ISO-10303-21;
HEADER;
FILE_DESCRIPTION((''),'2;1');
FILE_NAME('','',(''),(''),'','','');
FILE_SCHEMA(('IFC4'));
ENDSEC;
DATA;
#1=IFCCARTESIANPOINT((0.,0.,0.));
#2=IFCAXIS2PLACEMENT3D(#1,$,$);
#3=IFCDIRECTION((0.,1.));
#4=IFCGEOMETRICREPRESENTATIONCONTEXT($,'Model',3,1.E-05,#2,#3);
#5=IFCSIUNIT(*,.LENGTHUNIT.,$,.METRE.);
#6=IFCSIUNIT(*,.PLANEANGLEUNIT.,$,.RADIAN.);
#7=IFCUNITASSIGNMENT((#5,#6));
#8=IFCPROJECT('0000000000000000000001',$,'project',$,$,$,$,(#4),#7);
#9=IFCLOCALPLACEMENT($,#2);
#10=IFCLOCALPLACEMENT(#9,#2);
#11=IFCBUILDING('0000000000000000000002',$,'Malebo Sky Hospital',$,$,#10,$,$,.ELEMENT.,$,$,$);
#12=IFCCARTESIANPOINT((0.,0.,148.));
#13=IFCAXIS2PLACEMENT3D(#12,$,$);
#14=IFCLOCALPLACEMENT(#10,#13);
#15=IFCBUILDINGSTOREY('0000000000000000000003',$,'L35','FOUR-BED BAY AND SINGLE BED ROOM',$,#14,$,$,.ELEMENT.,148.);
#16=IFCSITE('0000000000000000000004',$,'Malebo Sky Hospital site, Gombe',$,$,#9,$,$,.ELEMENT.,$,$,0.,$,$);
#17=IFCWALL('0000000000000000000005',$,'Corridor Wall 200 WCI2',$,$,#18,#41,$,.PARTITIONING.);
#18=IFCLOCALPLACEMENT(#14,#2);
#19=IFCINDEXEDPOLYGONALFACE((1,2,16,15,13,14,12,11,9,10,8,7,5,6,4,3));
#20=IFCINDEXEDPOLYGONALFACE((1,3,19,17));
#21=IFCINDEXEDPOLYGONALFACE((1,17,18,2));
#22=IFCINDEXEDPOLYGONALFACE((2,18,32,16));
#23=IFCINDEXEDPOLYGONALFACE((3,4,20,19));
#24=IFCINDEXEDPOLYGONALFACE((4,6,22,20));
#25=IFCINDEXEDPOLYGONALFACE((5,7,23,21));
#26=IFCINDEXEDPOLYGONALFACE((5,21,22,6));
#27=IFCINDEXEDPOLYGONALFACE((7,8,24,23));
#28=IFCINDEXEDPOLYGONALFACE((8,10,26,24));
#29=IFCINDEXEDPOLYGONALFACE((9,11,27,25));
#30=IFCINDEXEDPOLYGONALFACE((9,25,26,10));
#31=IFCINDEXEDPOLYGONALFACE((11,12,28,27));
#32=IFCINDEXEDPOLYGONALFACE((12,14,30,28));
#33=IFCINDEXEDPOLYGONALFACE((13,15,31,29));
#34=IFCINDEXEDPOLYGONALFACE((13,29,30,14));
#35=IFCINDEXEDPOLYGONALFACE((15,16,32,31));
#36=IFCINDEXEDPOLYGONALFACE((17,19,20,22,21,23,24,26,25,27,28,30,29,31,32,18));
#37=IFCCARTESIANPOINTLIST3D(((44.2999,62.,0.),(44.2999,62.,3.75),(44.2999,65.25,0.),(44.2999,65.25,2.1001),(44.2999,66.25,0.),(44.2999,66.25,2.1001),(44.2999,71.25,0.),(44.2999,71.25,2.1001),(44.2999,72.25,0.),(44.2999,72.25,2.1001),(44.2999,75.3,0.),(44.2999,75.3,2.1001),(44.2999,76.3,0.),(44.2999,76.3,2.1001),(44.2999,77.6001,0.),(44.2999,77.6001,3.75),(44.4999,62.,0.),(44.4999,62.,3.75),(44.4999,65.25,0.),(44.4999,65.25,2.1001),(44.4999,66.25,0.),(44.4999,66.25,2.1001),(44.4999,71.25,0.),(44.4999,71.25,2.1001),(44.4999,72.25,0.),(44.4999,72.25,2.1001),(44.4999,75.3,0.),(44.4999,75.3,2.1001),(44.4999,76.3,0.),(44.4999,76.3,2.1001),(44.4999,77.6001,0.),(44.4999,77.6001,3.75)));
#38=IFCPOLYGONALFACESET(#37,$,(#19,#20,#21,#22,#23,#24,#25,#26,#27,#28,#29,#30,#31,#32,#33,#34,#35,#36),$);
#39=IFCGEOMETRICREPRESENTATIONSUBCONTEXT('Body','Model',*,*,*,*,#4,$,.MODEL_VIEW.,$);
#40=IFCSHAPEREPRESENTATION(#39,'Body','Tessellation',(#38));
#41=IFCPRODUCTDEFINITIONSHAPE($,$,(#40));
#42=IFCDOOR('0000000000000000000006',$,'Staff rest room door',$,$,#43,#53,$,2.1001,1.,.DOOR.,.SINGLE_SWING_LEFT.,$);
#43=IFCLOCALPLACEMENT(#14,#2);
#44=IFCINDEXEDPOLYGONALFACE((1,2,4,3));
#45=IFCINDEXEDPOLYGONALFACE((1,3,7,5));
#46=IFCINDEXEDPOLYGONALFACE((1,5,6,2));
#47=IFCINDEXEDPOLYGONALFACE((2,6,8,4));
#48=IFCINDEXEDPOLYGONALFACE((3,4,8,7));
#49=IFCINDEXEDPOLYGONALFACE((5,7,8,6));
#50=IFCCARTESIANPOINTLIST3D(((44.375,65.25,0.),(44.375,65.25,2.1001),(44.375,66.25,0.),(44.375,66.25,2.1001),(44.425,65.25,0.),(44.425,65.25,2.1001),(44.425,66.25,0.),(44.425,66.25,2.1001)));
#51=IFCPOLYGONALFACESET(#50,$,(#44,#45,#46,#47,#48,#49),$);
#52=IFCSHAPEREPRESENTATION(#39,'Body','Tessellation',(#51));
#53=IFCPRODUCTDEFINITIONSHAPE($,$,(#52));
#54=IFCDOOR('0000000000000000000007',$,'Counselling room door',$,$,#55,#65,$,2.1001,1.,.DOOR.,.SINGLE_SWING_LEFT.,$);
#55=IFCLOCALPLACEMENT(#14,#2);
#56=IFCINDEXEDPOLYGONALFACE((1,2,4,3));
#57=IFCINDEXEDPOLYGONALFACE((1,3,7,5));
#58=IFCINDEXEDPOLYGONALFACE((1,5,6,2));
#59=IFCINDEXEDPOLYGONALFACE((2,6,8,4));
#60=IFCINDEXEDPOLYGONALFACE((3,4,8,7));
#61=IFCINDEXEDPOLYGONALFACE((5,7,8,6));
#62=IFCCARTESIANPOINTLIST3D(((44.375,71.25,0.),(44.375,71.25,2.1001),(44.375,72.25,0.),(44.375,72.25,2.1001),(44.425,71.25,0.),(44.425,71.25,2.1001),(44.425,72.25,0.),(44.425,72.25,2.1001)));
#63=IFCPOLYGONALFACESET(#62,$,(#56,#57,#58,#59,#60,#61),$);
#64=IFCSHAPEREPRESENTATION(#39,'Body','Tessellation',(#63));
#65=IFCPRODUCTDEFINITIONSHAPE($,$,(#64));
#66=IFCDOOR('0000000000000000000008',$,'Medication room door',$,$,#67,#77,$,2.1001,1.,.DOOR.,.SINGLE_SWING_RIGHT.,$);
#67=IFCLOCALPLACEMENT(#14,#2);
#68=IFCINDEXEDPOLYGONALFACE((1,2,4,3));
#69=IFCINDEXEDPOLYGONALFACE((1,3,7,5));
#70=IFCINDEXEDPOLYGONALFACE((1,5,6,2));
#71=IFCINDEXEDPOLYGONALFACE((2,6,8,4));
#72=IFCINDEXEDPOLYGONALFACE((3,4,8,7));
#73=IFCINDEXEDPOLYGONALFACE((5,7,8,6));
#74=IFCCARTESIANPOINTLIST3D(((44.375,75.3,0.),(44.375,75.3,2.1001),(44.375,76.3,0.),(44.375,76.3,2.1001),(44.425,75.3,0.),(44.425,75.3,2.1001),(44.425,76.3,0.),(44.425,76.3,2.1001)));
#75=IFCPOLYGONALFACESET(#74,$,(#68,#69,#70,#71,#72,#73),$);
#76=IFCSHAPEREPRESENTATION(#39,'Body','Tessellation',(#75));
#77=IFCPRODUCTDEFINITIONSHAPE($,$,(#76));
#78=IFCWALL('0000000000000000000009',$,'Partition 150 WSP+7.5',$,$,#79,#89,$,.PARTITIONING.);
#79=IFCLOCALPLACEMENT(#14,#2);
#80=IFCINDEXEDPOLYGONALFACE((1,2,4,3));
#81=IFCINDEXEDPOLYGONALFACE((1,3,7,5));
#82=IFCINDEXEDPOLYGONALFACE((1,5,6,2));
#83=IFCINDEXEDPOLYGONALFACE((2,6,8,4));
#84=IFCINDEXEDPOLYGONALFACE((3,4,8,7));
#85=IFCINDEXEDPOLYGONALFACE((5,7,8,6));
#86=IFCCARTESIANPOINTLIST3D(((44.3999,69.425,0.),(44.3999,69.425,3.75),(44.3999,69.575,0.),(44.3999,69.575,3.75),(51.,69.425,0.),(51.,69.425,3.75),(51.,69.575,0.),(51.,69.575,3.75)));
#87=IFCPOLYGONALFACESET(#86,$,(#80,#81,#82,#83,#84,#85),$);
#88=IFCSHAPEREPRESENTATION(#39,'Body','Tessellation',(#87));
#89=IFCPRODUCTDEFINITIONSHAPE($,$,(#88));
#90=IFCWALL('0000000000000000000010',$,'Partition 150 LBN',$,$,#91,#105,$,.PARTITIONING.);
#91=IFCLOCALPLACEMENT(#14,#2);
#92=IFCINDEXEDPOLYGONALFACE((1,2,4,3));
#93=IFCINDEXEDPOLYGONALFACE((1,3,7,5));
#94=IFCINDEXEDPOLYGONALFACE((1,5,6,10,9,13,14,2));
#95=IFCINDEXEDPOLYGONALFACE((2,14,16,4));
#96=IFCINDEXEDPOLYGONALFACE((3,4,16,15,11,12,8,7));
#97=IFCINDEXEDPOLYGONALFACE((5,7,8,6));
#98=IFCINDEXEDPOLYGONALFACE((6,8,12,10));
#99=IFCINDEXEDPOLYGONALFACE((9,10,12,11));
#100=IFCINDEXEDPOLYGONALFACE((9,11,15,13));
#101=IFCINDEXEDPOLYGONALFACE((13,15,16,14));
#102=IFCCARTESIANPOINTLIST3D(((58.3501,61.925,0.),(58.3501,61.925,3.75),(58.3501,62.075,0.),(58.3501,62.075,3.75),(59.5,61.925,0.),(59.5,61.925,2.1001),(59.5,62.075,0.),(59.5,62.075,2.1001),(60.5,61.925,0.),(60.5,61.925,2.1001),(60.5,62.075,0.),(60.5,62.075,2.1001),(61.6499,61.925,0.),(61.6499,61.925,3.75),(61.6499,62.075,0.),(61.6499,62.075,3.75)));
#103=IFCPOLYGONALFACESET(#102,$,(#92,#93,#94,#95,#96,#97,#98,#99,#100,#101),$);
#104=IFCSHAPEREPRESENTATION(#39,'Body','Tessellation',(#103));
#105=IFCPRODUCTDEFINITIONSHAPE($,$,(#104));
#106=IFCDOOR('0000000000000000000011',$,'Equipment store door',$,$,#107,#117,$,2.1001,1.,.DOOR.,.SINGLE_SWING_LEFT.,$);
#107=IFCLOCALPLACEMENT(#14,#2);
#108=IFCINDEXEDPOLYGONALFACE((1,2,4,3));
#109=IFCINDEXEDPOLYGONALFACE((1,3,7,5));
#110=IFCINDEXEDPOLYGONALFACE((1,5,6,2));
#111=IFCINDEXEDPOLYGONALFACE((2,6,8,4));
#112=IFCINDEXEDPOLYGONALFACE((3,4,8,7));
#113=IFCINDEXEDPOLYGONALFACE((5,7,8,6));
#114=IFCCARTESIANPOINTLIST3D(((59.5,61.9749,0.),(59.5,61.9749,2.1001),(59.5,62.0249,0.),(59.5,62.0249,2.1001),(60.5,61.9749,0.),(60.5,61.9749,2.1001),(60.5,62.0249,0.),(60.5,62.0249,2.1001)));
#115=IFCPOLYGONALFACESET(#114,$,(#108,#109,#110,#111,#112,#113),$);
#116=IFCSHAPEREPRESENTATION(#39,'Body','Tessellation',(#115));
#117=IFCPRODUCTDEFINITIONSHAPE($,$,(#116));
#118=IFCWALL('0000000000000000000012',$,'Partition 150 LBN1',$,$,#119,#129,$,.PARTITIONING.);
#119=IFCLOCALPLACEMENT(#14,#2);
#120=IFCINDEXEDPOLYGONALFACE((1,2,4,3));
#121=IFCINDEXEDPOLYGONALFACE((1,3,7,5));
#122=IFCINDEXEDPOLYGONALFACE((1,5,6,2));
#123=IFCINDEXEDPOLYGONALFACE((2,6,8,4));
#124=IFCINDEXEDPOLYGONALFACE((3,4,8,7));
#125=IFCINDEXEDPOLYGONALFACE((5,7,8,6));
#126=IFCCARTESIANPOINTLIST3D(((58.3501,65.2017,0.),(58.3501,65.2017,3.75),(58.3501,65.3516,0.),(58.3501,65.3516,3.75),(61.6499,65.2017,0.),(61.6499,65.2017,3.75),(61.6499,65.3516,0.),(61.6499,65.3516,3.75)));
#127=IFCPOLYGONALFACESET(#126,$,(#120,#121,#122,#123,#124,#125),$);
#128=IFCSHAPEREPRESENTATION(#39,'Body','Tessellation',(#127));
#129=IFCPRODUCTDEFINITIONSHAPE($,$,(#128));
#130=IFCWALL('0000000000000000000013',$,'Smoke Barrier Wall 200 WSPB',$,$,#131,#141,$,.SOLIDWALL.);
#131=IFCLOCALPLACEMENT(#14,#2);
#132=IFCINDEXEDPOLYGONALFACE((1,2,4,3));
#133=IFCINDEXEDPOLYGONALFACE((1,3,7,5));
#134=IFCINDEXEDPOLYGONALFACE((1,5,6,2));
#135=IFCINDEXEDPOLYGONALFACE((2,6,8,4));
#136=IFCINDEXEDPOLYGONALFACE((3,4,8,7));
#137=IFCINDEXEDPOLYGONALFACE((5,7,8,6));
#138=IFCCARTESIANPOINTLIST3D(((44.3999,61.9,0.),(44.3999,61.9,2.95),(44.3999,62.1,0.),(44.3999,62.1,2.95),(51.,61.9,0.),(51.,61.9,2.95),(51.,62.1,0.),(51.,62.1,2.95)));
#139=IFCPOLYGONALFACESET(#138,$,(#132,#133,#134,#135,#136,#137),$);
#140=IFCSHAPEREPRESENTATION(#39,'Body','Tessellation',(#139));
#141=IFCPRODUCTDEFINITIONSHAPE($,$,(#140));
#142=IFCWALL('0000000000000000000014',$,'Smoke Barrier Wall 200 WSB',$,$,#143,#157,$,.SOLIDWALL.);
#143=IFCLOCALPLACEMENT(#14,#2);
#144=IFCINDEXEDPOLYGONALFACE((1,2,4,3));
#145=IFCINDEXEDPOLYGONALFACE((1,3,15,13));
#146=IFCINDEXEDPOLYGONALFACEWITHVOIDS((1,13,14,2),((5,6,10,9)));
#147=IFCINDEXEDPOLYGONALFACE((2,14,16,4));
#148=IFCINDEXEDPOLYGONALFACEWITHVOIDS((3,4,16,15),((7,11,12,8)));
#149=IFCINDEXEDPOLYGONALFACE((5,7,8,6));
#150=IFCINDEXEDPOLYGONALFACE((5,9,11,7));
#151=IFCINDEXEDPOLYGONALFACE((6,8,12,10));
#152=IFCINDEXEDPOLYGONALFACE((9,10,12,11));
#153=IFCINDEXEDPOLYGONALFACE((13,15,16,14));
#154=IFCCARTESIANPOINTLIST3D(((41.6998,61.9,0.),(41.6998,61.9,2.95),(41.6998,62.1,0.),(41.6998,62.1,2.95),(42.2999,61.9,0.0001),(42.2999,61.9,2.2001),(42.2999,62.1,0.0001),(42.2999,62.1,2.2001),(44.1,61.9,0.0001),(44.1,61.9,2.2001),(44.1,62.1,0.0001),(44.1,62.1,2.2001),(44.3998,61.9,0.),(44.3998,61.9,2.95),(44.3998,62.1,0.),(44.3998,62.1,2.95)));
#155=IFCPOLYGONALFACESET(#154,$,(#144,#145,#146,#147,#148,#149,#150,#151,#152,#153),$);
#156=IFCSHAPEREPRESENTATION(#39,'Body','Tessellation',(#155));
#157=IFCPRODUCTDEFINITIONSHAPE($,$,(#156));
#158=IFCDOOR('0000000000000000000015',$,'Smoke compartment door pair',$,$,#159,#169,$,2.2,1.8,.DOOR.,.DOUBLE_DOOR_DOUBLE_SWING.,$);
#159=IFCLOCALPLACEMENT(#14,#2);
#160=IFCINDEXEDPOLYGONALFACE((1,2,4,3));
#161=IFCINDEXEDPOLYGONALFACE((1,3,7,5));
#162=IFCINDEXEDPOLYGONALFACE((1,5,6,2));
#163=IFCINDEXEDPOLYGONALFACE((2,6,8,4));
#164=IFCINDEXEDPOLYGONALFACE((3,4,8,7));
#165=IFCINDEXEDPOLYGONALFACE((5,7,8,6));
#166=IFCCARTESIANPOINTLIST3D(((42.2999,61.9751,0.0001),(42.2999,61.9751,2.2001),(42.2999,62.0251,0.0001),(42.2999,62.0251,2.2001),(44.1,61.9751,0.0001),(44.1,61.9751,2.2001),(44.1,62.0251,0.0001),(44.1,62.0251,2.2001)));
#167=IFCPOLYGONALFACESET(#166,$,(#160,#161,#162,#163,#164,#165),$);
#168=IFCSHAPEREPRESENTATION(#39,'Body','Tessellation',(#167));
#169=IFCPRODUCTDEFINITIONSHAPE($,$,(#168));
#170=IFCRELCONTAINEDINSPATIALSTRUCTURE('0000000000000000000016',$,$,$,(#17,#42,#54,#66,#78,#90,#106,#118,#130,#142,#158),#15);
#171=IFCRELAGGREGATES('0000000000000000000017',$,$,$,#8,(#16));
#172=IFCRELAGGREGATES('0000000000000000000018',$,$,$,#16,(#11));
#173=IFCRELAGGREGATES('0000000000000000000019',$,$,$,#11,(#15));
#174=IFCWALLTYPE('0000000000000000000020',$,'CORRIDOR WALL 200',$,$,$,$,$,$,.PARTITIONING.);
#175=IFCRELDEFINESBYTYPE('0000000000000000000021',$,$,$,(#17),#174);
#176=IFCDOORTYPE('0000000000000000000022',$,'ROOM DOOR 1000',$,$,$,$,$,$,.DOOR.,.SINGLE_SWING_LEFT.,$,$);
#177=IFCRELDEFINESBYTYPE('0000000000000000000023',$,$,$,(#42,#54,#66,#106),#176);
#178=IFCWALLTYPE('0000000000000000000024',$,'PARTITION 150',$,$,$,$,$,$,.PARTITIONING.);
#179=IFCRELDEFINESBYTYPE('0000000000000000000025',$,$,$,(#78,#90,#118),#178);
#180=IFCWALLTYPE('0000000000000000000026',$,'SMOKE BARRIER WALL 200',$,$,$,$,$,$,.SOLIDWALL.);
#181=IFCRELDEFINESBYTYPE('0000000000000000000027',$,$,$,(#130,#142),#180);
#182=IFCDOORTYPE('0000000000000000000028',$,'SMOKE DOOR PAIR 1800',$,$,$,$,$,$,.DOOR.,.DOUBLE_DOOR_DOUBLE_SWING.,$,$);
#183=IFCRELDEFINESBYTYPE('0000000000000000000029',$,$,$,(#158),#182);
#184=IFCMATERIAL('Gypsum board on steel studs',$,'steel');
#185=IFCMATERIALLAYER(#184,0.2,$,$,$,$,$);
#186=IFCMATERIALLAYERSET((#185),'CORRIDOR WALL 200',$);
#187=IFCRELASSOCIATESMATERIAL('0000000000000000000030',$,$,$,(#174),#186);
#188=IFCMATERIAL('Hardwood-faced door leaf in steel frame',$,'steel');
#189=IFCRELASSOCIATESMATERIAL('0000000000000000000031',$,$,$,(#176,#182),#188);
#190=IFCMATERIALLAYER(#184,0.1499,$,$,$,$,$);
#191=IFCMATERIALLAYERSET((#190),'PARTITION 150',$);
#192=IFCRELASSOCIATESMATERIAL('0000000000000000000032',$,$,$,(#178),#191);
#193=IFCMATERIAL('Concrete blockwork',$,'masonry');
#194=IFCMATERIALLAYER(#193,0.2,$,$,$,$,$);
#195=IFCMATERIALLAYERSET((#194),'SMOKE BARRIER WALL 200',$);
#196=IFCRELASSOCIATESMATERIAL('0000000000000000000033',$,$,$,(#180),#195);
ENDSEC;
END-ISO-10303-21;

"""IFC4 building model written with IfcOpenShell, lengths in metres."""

from ifc_helpers import new_model, si_unit, direction, frame, frame_2d, origin, place, context, subcontext, project, spatial, rectangle, extrude, material, layer, layer_set, type_object, element, fill, save


model = new_model("IFC4")

# Units and contexts
model_context = context("Model", 3, precision=1e-05, world=origin(), true_north=direction((0.0, 1.0)))
body_context = subcontext(model_context, "Body", "Model", "MODEL_VIEW")
ifc_project = project(units=[si_unit("LENGTHUNIT", "METRE"), si_unit("PLANEANGLEUNIT", "RADIAN")], contexts=[model_context])

# Site, building, storey
site_placement = place(None, origin())
site = spatial("IfcSite", under=ifc_project, at=site_placement, Name="Malebo Sky Hospital site, Gombe", CompositionType="ELEMENT", RefElevation=0.0)
building_placement = place(site_placement, origin())
building = spatial("IfcBuilding", under=site, at=building_placement, Name="Malebo Sky Hospital", CompositionType="ELEMENT")
storey_placement = place(building_placement, frame((0.0, 0.0, 148.0)))
storey = spatial("IfcBuildingStorey", under=building, at=storey_placement, Name="L35", Description="FOUR-BED BAY AND SINGLE BED ROOM", CompositionType="ELEMENT", Elevation=148.0)

# Shared definitions
ifc_material_1 = material(Name="Hardwood-faced door leaf in steel frame", Category="steel")

# Wall, openings, doors
ifc_material_2 = material(Name="Gypsum board on steel studs", Category="steel")
ifc_layer_1 = layer(ifc_material_2, 0.2)
ifc_layer_set_1 = layer_set([ifc_layer_1], Name="CORRIDOR WALL 200")
wall_type_1 = type_object("IfcWallType", Name="CORRIDOR WALL 200", PredefinedType="PARTITIONING", material=ifc_layer_set_1)
wall_1_placement = place(storey_placement, frame((44.3999, 62.0, 0.0), z_axis=(0.0, 0.0, 1.0), x_axis=(0.0, 1.0, 0.0)))
wall_1 = element("IfcWall", 1, at=wall_1_placement, inside=storey, type_object=wall_type_1, Name="Corridor Wall 200 WCI2", PredefinedType="PARTITIONING", context=body_context, shape_type="SweptSolid", body=[
    extrude(rectangle(XDim=15.6001, YDim=0.2, at=frame_2d((7.8, 0.0))), origin(), (0.0, 0.0, 1.0), 3.75),
])
opening_1_placement = place(wall_1_placement, frame((3.25, 0.0, 0.0)))
opening_1 = element("IfcOpeningElement", 2, at=opening_1_placement, cuts=wall_1, PredefinedType="OPENING", context=body_context, shape_type="SweptSolid", body=[
    extrude(rectangle(XDim=1.0, YDim=2.1001, at=frame_2d((0.5, 1.05))), frame((0.0, 0.1099, 0.0), z_axis=(0.0, -1.0, 0.0), x_axis=(1.0, 0.0, 0.0)), (0.0, 0.0, 1.0), 0.22),
])
opening_2_placement = place(wall_1_placement, frame((9.25, 0.0, 0.0)))
opening_2 = element("IfcOpeningElement", 3, at=opening_2_placement, cuts=wall_1, PredefinedType="OPENING", context=body_context, shape_type="SweptSolid", body=[
    extrude(rectangle(XDim=1.0, YDim=2.1001, at=frame_2d((0.5, 1.05))), frame((0.0, 0.1099, 0.0), z_axis=(0.0, -1.0, 0.0), x_axis=(1.0, 0.0, 0.0)), (0.0, 0.0, 1.0), 0.22),
])
opening_3_placement = place(wall_1_placement, frame((13.3, 0.0, 0.0)))
opening_3 = element("IfcOpeningElement", 4, at=opening_3_placement, cuts=wall_1, PredefinedType="OPENING", context=body_context, shape_type="SweptSolid", body=[
    extrude(rectangle(XDim=1.0, YDim=2.1001, at=frame_2d((0.5, 1.05))), frame((0.0, 0.1099, 0.0), z_axis=(0.0, -1.0, 0.0), x_axis=(1.0, 0.0, 0.0)), (0.0, 0.0, 1.0), 0.22),
])
door_type_1 = type_object("IfcDoorType", Name="ROOM DOOR 1000", OperationType="SINGLE_SWING_LEFT", PredefinedType="DOOR", material=ifc_material_1)
door_1_placement = place(opening_1_placement, origin())
door_1 = element("IfcDoor", 5, at=door_1_placement, inside=storey, type_object=door_type_1, Name="Staff rest room door", OperationType="SINGLE_SWING_LEFT", OverallHeight=2.1001, OverallWidth=1.0, PredefinedType="DOOR", context=body_context, shape_type="SweptSolid", body=[
    extrude(rectangle(XDim=1.0, YDim=2.1001, at=frame_2d((0.5, 1.05))), frame((0.0, 0.0249, 0.0), z_axis=(0.0, -1.0, 0.0), x_axis=(1.0, 0.0, 0.0)), (0.0, 0.0, 1.0), 0.05),
])
fill(opening_1, door_1)
door_2_placement = place(opening_2_placement, origin())
door_2 = element("IfcDoor", 6, at=door_2_placement, inside=storey, type_object=door_type_1, Name="Counselling room door", OperationType="SINGLE_SWING_LEFT", OverallHeight=2.1001, OverallWidth=1.0, PredefinedType="DOOR", context=body_context, shape_type="SweptSolid", body=[
    extrude(rectangle(XDim=1.0, YDim=2.1001, at=frame_2d((0.5, 1.05))), frame((0.0, 0.0249, 0.0), z_axis=(0.0, -1.0, 0.0), x_axis=(1.0, 0.0, 0.0)), (0.0, 0.0, 1.0), 0.05),
])
fill(opening_2, door_2)
door_3_placement = place(opening_3_placement, origin())
door_3 = element("IfcDoor", 7, at=door_3_placement, inside=storey, type_object=door_type_1, Name="Medication room door", OperationType="SINGLE_SWING_RIGHT", OverallHeight=2.1001, OverallWidth=1.0, PredefinedType="DOOR", context=body_context, shape_type="SweptSolid", body=[
    extrude(rectangle(XDim=1.0, YDim=2.1001, at=frame_2d((0.5, 1.05))), frame((0.0, 0.0249, 0.0), z_axis=(0.0, -1.0, 0.0), x_axis=(1.0, 0.0, 0.0)), (0.0, 0.0, 1.0), 0.05),
])
fill(opening_3, door_3)

# Wall
ifc_layer_2 = layer(ifc_material_2, 0.1499)
ifc_layer_set_2 = layer_set([ifc_layer_2], Name="PARTITION 150")
wall_type_2 = type_object("IfcWallType", Name="PARTITION 150", PredefinedType="PARTITIONING", material=ifc_layer_set_2)
wall_2_placement = place(storey_placement, frame((51.0, 69.5, 0.0), z_axis=(0.0, 0.0, 1.0), x_axis=(-1.0, 0.0, 0.0)))
element("IfcWall", 8, at=wall_2_placement, inside=storey, type_object=wall_type_2, Name="Partition 150 WSP+7.5", PredefinedType="PARTITIONING", context=body_context, shape_type="SweptSolid", body=[
    extrude(rectangle(XDim=6.6001, YDim=0.1499, at=frame_2d((3.3, 0.0))), origin(), (0.0, 0.0, 1.0), 3.75),
])

# Wall, opening, door
wall_3_placement = place(storey_placement, frame((58.3501, 62.0, 0.0), z_axis=(0.0, 0.0, 1.0), x_axis=(1.0, 0.0, 0.0)))
wall_3 = element("IfcWall", 9, at=wall_3_placement, inside=storey, type_object=wall_type_2, Name="Partition 150 LBN", PredefinedType="PARTITIONING", context=body_context, shape_type="SweptSolid", body=[
    extrude(rectangle(XDim=3.2998, YDim=0.1499, at=frame_2d((1.6499, 0.0))), origin(), (0.0, 0.0, 1.0), 3.75),
])
opening_4_placement = place(wall_3_placement, frame((1.1499, 0.0, 0.0)))
opening_4 = element("IfcOpeningElement", 10, at=opening_4_placement, cuts=wall_3, PredefinedType="OPENING", context=body_context, shape_type="SweptSolid", body=[
    extrude(rectangle(XDim=1.0, YDim=2.1001, at=frame_2d((0.5, 1.05))), frame((0.0, 0.085, 0.0), z_axis=(0.0, -1.0, 0.0), x_axis=(1.0, 0.0, 0.0)), (0.0, 0.0, 1.0), 0.1699),
])
door_4_placement = place(opening_4_placement, origin())
door_4 = element("IfcDoor", 11, at=door_4_placement, inside=storey, type_object=door_type_1, Name="Equipment store door", OperationType="SINGLE_SWING_LEFT", OverallHeight=2.1001, OverallWidth=1.0, PredefinedType="DOOR", context=body_context, shape_type="SweptSolid", body=[
    extrude(rectangle(XDim=1.0, YDim=2.1001, at=frame_2d((0.5, 1.05))), frame((0.0, 0.0249, 0.0), z_axis=(0.0, -1.0, 0.0), x_axis=(1.0, 0.0, 0.0)), (0.0, 0.0, 1.0), 0.05),
])
fill(opening_4, door_4)

# Walls
wall_4_placement = place(storey_placement, frame((58.3501, 65.2766, 0.0), z_axis=(0.0, 0.0, 1.0), x_axis=(1.0, 0.0, 0.0)))
element("IfcWall", 12, at=wall_4_placement, inside=storey, type_object=wall_type_2, Name="Partition 150 LBN1", PredefinedType="PARTITIONING", context=body_context, shape_type="SweptSolid", body=[
    extrude(rectangle(XDim=3.2998, YDim=0.1499, at=frame_2d((1.6499, 0.0))), origin(), (0.0, 0.0, 1.0), 3.75),
])
ifc_material_3 = material(Name="Concrete blockwork", Category="masonry")
ifc_layer_3 = layer(ifc_material_3, 0.2)
ifc_layer_set_3 = layer_set([ifc_layer_3], Name="SMOKE BARRIER WALL 200")
wall_type_3 = type_object("IfcWallType", Name="SMOKE BARRIER WALL 200", PredefinedType="SOLIDWALL", material=ifc_layer_set_3)
wall_5_placement = place(storey_placement, frame((51.0, 62.0, 0.0), z_axis=(0.0, 0.0, 1.0), x_axis=(-1.0, 0.0, 0.0)))
element("IfcWall", 13, at=wall_5_placement, inside=storey, type_object=wall_type_3, Name="Smoke Barrier Wall 200 WSPB", PredefinedType="SOLIDWALL", context=body_context, shape_type="SweptSolid", body=[
    extrude(rectangle(XDim=6.6001, YDim=0.2, at=frame_2d((3.3, 0.0))), origin(), (0.0, 0.0, 1.0), 2.95),
])

# Wall, opening, door
wall_6_placement = place(storey_placement, frame((44.3999, 62.0, 0.0), z_axis=(0.0, 0.0, 1.0), x_axis=(-1.0, 0.0, 0.0)))
wall_6 = element("IfcWall", 14, at=wall_6_placement, inside=storey, type_object=wall_type_3, Name="Smoke Barrier Wall 200 WSB", PredefinedType="SOLIDWALL", context=body_context, shape_type="SweptSolid", body=[
    extrude(rectangle(XDim=2.7, YDim=0.2, at=frame_2d((1.3501, 0.0))), origin(), (0.0, 0.0, 1.0), 2.95),
])
opening_5_placement = place(wall_6_placement, frame((0.3, 0.0, 0.0)))
opening_5 = element("IfcOpeningElement", 15, at=opening_5_placement, cuts=wall_6, PredefinedType="OPENING", context=body_context, shape_type="SweptSolid", body=[
    extrude(rectangle(XDim=1.8, YDim=2.2, at=frame_2d((0.8999, 1.1001))), frame((0.0, 0.1099, 0.0), z_axis=(0.0, -1.0, 0.0), x_axis=(1.0, 0.0, 0.0)), (0.0, 0.0, 1.0), 0.22),
])
door_type_2 = type_object("IfcDoorType", Name="SMOKE DOOR PAIR 1800", OperationType="DOUBLE_DOOR_DOUBLE_SWING", PredefinedType="DOOR", material=ifc_material_1)
door_5_placement = place(opening_5_placement, origin())
door_5 = element("IfcDoor", 16, at=door_5_placement, inside=storey, type_object=door_type_2, Name="Smoke compartment door pair", OperationType="DOUBLE_DOOR_DOUBLE_SWING", OverallHeight=2.2, OverallWidth=1.8, PredefinedType="DOOR", context=body_context, shape_type="SweptSolid", body=[
    extrude(rectangle(XDim=1.8, YDim=2.2, at=frame_2d((0.8999, 1.1001))), frame((0.0, 0.0249, 0.0), z_axis=(0.0, -1.0, 0.0), x_axis=(1.0, 0.0, 0.0)), (0.0, 0.0, 1.0), 0.05),
])
fill(opening_5, door_5)

save(model, "model.ifc")
